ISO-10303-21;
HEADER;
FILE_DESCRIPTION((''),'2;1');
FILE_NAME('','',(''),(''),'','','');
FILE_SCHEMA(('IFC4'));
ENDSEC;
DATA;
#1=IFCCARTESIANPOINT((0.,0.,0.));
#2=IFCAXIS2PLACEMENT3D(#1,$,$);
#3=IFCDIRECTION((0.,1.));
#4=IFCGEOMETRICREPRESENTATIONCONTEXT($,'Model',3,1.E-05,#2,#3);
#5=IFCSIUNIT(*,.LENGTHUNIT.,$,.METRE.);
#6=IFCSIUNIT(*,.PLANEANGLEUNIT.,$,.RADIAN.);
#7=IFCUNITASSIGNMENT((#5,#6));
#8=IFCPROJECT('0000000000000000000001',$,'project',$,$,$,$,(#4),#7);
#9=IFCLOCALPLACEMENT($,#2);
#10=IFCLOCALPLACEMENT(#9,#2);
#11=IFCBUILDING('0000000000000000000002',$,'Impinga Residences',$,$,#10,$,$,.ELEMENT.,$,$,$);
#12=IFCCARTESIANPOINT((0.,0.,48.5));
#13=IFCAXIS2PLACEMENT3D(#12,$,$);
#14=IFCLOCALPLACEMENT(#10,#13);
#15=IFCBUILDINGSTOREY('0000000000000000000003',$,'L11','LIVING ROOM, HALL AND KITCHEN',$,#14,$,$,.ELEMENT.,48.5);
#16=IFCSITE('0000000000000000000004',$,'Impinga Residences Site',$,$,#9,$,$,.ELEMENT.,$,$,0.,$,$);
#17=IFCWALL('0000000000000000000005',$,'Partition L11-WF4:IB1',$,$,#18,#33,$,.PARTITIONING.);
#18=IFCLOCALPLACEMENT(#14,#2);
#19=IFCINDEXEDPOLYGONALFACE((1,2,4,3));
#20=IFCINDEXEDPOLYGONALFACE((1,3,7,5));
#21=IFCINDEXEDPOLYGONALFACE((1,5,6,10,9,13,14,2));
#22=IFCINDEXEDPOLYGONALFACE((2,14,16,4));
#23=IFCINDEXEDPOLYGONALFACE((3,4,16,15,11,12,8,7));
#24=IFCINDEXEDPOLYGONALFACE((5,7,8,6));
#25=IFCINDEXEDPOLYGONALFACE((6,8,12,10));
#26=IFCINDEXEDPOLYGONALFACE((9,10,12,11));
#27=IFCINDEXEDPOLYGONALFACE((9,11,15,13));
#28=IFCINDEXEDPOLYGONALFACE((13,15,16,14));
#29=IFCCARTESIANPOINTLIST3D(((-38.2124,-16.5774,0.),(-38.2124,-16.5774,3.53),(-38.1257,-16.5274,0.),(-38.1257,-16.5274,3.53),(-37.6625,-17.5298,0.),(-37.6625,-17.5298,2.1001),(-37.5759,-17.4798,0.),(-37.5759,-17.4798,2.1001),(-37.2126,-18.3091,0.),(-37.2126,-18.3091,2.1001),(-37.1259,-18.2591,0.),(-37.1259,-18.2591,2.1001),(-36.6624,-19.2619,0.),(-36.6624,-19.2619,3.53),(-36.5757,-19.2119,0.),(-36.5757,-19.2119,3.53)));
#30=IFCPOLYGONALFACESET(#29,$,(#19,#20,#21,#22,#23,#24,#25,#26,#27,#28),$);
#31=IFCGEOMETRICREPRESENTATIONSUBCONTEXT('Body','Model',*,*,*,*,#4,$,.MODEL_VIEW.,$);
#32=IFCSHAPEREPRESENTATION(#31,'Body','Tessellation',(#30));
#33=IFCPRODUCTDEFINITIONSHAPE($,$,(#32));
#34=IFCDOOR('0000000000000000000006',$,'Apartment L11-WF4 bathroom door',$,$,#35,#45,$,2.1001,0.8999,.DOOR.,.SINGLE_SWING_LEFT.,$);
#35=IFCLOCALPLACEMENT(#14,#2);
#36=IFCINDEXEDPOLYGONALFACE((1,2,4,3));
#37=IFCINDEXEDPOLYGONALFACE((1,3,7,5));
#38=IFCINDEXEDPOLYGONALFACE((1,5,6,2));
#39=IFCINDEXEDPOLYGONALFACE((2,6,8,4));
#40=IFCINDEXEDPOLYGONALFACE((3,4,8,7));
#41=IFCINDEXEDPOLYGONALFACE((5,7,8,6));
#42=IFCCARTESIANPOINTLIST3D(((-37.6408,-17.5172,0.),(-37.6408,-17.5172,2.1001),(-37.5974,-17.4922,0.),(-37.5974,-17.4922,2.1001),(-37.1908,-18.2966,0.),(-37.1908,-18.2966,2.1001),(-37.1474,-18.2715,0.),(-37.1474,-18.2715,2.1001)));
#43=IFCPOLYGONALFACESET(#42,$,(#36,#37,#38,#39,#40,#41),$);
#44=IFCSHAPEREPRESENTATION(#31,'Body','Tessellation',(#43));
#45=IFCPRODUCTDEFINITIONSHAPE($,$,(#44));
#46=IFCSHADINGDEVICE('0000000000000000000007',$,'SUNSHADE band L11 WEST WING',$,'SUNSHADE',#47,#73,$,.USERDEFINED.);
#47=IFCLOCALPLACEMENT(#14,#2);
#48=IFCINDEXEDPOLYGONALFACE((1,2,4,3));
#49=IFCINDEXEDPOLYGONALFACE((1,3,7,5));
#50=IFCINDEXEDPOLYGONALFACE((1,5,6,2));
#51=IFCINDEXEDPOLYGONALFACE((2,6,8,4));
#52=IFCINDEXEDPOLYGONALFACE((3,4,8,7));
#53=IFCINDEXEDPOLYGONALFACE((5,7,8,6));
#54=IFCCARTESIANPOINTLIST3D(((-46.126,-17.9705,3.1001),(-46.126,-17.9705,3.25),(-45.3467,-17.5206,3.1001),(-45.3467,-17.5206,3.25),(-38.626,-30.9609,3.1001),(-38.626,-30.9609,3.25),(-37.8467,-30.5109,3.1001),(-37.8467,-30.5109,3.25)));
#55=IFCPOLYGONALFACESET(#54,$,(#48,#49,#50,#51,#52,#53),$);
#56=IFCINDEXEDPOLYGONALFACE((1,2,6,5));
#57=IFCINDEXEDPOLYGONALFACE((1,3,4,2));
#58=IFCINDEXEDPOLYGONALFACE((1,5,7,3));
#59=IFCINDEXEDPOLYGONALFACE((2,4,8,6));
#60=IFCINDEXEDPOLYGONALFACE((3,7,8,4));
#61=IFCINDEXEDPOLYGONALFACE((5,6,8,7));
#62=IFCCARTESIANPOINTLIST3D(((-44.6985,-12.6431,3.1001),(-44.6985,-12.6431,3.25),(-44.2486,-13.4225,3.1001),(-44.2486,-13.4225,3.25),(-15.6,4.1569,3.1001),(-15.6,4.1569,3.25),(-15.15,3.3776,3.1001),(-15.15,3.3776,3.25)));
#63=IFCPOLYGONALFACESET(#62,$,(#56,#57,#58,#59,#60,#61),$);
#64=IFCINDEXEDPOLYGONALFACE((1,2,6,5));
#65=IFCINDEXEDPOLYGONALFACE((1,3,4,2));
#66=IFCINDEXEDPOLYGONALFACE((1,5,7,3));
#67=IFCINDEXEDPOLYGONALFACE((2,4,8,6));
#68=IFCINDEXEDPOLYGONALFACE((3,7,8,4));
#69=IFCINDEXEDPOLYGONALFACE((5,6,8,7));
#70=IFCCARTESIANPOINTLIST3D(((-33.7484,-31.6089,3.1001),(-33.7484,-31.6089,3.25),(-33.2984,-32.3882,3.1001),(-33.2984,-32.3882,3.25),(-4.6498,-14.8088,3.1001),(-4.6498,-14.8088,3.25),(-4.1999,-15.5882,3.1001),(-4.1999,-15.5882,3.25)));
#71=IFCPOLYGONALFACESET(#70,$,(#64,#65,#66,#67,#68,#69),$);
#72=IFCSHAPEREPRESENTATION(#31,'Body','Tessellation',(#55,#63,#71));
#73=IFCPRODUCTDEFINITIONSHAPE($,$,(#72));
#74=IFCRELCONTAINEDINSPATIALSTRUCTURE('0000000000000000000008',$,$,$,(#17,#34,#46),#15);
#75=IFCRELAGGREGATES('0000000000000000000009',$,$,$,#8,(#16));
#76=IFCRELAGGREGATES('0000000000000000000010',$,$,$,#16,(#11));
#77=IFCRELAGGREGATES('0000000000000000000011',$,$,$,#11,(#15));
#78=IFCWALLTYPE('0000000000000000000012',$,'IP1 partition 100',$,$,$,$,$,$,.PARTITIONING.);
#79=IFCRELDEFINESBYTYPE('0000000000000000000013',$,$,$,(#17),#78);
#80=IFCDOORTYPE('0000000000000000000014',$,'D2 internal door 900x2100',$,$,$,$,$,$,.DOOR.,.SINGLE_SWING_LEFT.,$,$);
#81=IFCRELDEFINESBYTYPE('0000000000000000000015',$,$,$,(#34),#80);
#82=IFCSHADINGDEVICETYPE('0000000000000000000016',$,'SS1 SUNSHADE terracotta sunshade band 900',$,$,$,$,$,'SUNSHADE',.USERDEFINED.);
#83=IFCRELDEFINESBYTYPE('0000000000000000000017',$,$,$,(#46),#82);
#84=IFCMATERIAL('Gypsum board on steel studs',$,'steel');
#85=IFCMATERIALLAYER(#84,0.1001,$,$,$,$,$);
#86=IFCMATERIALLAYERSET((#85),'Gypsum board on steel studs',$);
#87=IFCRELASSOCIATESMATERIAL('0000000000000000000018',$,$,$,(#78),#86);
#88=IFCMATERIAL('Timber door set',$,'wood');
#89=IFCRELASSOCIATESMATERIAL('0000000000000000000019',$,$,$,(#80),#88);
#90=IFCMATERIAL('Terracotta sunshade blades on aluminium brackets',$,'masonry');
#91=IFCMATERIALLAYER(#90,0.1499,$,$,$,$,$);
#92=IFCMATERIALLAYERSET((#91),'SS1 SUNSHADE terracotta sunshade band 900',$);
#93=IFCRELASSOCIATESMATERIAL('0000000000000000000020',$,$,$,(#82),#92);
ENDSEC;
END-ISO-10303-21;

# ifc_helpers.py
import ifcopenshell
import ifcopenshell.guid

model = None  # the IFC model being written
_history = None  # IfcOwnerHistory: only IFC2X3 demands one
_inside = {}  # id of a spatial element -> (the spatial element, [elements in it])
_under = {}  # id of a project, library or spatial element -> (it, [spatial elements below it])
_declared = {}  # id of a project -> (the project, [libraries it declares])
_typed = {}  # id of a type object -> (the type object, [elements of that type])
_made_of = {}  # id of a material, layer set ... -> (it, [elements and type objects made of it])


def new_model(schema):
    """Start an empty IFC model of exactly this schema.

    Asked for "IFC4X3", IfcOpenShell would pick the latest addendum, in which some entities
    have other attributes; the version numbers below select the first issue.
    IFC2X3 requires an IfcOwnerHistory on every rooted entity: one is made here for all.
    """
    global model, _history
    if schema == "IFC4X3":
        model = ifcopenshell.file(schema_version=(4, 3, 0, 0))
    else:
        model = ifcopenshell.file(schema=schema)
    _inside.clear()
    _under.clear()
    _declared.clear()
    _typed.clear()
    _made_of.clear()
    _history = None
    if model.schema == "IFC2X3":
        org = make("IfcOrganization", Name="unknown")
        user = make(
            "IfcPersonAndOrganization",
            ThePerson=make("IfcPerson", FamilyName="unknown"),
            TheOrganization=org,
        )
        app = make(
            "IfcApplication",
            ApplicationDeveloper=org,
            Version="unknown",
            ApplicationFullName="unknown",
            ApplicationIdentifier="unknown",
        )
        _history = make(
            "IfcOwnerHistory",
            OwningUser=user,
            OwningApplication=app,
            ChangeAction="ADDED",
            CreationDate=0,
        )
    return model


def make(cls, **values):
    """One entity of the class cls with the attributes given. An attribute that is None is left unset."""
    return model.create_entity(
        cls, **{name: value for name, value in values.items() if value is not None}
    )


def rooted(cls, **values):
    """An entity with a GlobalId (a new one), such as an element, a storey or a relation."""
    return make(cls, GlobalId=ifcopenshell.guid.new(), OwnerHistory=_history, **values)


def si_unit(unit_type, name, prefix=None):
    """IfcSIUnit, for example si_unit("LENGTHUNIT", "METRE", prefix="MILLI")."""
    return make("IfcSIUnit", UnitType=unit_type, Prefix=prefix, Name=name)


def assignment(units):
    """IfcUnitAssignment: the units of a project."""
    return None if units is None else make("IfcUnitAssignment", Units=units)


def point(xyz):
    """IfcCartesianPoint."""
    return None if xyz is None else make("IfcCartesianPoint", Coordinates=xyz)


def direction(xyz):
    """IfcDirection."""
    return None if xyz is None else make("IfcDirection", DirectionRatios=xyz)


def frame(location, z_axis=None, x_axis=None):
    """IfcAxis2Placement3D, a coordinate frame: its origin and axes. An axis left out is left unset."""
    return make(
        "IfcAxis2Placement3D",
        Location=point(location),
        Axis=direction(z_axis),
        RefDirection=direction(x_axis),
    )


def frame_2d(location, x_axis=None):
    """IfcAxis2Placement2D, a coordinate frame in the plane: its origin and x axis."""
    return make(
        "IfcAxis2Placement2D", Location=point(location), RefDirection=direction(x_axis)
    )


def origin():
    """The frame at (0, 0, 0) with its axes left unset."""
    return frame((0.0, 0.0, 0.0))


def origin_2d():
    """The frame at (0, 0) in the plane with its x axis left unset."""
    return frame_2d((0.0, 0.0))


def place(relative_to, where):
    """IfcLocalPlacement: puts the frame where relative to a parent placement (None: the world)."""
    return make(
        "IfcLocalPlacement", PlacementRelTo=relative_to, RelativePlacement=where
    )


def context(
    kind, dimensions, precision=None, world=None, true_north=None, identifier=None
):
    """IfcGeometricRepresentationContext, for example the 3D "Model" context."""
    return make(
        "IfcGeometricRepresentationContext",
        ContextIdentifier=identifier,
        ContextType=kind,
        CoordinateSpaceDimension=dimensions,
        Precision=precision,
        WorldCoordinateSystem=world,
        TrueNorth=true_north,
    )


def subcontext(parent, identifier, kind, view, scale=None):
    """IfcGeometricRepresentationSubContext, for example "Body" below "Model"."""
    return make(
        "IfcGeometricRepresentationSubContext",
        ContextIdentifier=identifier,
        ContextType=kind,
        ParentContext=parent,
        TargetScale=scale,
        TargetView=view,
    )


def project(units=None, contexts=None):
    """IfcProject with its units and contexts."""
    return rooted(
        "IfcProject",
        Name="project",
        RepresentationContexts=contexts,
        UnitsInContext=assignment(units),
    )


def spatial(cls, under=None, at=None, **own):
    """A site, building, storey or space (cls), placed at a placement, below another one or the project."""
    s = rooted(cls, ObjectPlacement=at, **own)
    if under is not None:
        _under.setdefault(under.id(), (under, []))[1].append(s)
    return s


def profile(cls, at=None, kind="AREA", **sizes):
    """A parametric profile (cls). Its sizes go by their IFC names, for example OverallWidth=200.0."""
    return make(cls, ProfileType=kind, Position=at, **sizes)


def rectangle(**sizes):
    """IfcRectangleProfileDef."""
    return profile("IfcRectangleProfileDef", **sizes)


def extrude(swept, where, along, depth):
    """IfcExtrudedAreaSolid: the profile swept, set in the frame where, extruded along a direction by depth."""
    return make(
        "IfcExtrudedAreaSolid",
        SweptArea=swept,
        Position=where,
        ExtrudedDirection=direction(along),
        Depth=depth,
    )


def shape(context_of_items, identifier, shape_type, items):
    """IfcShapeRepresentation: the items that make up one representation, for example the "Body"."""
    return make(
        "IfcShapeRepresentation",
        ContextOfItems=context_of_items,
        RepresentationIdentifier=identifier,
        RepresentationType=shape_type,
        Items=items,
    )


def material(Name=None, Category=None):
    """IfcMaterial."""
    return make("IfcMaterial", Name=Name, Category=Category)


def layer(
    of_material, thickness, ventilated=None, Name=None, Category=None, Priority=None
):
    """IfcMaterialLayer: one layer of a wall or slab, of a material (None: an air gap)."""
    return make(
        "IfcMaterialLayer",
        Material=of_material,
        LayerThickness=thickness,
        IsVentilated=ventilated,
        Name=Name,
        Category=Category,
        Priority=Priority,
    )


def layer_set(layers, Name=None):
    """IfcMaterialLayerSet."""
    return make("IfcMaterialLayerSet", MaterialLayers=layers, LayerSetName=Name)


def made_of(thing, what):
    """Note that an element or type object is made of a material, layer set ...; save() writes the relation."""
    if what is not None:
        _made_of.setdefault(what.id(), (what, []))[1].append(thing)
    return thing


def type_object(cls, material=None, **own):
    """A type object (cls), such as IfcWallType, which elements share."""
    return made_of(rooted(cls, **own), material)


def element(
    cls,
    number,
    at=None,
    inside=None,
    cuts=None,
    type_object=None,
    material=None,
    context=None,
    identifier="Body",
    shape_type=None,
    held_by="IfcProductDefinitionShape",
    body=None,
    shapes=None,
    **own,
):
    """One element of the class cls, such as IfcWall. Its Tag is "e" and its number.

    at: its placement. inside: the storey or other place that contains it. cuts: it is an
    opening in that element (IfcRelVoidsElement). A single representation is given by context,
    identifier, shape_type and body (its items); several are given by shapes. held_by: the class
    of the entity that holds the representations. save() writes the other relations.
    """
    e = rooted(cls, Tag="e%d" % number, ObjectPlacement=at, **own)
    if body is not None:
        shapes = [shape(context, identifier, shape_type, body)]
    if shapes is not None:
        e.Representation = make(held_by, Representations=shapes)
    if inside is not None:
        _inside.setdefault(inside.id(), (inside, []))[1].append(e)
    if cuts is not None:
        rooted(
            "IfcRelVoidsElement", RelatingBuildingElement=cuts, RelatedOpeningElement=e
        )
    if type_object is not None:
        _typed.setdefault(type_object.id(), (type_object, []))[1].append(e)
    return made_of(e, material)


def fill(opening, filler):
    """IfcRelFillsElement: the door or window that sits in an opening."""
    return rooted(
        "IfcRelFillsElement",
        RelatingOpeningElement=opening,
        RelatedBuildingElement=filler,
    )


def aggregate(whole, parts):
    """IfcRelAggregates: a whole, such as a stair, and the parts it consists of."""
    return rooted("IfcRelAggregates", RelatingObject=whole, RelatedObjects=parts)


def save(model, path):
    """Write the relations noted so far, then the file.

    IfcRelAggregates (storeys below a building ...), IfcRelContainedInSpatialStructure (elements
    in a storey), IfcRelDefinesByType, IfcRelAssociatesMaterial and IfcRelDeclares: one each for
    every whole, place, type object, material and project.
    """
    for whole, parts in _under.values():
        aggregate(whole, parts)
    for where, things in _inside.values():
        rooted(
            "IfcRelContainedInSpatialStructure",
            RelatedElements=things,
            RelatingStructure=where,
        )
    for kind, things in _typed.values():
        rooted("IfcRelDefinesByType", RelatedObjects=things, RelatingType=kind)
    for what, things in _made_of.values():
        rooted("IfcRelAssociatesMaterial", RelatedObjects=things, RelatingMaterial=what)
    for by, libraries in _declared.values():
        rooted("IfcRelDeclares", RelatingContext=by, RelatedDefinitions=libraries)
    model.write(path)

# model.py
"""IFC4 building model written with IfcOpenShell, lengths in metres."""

from ifc_helpers import new_model, si_unit, direction, frame, frame_2d, origin, origin_2d, place, context, subcontext, project, spatial, rectangle, extrude, material, layer, layer_set, type_object, element, fill, save


model = new_model("IFC4")

# Units and contexts
model_context = context("Model", 3, precision=1e-05, world=origin(), true_north=direction((0.0, 1.0)))
body_context = subcontext(model_context, "Body", "Model", "MODEL_VIEW")
ifc_project = project(units=[si_unit("LENGTHUNIT", "METRE"), si_unit("PLANEANGLEUNIT", "RADIAN")], contexts=[model_context])

# Site, building, storey
site_placement = place(None, origin())
site = spatial("IfcSite", under=ifc_project, at=site_placement, Name="Impinga Residences Site", CompositionType="ELEMENT", RefElevation=0.0)
building_placement = place(site_placement, origin())
building = spatial("IfcBuilding", under=site, at=building_placement, Name="Impinga Residences", CompositionType="ELEMENT")
storey_placement = place(building_placement, frame((0.0, 0.0, 48.5)))
storey = spatial("IfcBuildingStorey", under=building, at=storey_placement, Name="L11", Description="LIVING ROOM, HALL AND KITCHEN", CompositionType="ELEMENT", Elevation=48.5)

# Shared definitions
ifc_material_1 = material(Name="Gypsum board on steel studs", Category="steel")
ifc_layer_1 = layer(ifc_material_1, 0.1001)
ifc_layer_set_1 = layer_set([ifc_layer_1], Name="Gypsum board on steel studs")
wall_type_1 = type_object("IfcWallType", Name="IP1 partition 100", PredefinedType="PARTITIONING", material=ifc_layer_set_1)

# Wall, opening, door
ifc_material_2 = material(Name="Timber door set", Category="wood")
door_type = type_object("IfcDoorType", Name="D2 internal door 900x2100", OperationType="SINGLE_SWING_LEFT", PredefinedType="DOOR", material=ifc_material_2)
wall_1_placement = place(storey_placement, frame((-36.6191, -19.2368, 0.0), z_axis=(0.0, 0.0, 1.0), x_axis=(-0.500027, 0.86601, 0.0)))
wall_1 = element("IfcWall", 1, at=wall_1_placement, inside=storey, type_object=wall_type_1, Name="Partition L11-WF4:IB1", PredefinedType="PARTITIONING", context=body_context, shape_type="SweptSolid", body=[
    extrude(rectangle(XDim=3.0999, YDim=0.1001, at=frame_2d((1.5498, 0.0))), origin(), (0.0, 0.0, 1.0), 3.53),
])
opening_1_placement = place(wall_1_placement, frame((1.1001, 0.0, 0.0)))
opening_1 = element("IfcOpeningElement", 2, at=opening_1_placement, cuts=wall_1, PredefinedType="OPENING", context=body_context, shape_type="SweptSolid", body=[
    extrude(rectangle(XDim=0.8999, YDim=2.1001, at=frame_2d((0.45, 1.05))), frame((0.0, 0.0601, 0.0), z_axis=(0.0, -1.0, 0.0), x_axis=(1.0, 0.0, 0.0)), (0.0, 0.0, 1.0), 0.1201),
])
door_1_placement = place(opening_1_placement, origin())
door_1 = element("IfcDoor", 3, at=door_1_placement, inside=storey, type_object=door_type, Name="Apartment L11-WF4 bathroom door", OperationType="SINGLE_SWING_LEFT", OverallHeight=2.1001, OverallWidth=0.8999, PredefinedType="DOOR", context=body_context, shape_type="SweptSolid", body=[
    extrude(rectangle(XDim=0.8999, YDim=2.1001, at=frame_2d((0.45, 1.05))), frame((0.0, 0.0249, 0.0), z_axis=(0.0, -1.0, 0.0), x_axis=(1.0, 0.0, 0.0)), (0.0, 0.0, 1.0), 0.05),
])
fill(opening_1, door_1)

# Shading device
ifc_material_3 = material(Name="Terracotta sunshade blades on aluminium brackets", Category="masonry")
ifc_layer_2 = layer(ifc_material_3, 0.1499)
ifc_layer_set_2 = layer_set([ifc_layer_2], Name="SS1 SUNSHADE terracotta sunshade band 900")
shading_device_type = type_object("IfcShadingDeviceType", Name="SS1 SUNSHADE terracotta sunshade band 900", ElementType="SUNSHADE", PredefinedType="USERDEFINED", material=ifc_layer_set_2)
shading_device_placement = place(storey_placement, frame((-41.9863, -24.2407, 3.1001), z_axis=(0.0, 0.0, 1.0), x_axis=(-0.5, 0.866025, 0.0)))
element("IfcShadingDevice", 4, at=shading_device_placement, inside=storey, type_object=shading_device_type, Name="SUNSHADE band L11 WEST WING", ObjectType="SUNSHADE", PredefinedType="USERDEFINED", context=body_context, shape_type="SweptSolid", body=[
    extrude(rectangle(XDim=15.0, YDim=0.8999, at=origin_2d()), origin(), (0.0, 0.0, 1.0), 0.1499),
    extrude(rectangle(XDim=33.6001, YDim=0.8999, at=origin_2d()), frame((10.95, -20.25, 0.0), z_axis=(0.0, 0.0, 1.0), x_axis=(0.0, -1.0, 0.0)), (0.0, 0.0, 1.0), 0.1499),
    extrude(rectangle(XDim=33.6001, YDim=0.8999, at=origin_2d()), frame((-10.95, -20.2502, 0.0), z_axis=(0.0, 0.0, 1.0), x_axis=(0.0, 1.0, 0.0)), (0.0, 0.0, 1.0), 0.1499),
])

save(model, "model.ifc")
